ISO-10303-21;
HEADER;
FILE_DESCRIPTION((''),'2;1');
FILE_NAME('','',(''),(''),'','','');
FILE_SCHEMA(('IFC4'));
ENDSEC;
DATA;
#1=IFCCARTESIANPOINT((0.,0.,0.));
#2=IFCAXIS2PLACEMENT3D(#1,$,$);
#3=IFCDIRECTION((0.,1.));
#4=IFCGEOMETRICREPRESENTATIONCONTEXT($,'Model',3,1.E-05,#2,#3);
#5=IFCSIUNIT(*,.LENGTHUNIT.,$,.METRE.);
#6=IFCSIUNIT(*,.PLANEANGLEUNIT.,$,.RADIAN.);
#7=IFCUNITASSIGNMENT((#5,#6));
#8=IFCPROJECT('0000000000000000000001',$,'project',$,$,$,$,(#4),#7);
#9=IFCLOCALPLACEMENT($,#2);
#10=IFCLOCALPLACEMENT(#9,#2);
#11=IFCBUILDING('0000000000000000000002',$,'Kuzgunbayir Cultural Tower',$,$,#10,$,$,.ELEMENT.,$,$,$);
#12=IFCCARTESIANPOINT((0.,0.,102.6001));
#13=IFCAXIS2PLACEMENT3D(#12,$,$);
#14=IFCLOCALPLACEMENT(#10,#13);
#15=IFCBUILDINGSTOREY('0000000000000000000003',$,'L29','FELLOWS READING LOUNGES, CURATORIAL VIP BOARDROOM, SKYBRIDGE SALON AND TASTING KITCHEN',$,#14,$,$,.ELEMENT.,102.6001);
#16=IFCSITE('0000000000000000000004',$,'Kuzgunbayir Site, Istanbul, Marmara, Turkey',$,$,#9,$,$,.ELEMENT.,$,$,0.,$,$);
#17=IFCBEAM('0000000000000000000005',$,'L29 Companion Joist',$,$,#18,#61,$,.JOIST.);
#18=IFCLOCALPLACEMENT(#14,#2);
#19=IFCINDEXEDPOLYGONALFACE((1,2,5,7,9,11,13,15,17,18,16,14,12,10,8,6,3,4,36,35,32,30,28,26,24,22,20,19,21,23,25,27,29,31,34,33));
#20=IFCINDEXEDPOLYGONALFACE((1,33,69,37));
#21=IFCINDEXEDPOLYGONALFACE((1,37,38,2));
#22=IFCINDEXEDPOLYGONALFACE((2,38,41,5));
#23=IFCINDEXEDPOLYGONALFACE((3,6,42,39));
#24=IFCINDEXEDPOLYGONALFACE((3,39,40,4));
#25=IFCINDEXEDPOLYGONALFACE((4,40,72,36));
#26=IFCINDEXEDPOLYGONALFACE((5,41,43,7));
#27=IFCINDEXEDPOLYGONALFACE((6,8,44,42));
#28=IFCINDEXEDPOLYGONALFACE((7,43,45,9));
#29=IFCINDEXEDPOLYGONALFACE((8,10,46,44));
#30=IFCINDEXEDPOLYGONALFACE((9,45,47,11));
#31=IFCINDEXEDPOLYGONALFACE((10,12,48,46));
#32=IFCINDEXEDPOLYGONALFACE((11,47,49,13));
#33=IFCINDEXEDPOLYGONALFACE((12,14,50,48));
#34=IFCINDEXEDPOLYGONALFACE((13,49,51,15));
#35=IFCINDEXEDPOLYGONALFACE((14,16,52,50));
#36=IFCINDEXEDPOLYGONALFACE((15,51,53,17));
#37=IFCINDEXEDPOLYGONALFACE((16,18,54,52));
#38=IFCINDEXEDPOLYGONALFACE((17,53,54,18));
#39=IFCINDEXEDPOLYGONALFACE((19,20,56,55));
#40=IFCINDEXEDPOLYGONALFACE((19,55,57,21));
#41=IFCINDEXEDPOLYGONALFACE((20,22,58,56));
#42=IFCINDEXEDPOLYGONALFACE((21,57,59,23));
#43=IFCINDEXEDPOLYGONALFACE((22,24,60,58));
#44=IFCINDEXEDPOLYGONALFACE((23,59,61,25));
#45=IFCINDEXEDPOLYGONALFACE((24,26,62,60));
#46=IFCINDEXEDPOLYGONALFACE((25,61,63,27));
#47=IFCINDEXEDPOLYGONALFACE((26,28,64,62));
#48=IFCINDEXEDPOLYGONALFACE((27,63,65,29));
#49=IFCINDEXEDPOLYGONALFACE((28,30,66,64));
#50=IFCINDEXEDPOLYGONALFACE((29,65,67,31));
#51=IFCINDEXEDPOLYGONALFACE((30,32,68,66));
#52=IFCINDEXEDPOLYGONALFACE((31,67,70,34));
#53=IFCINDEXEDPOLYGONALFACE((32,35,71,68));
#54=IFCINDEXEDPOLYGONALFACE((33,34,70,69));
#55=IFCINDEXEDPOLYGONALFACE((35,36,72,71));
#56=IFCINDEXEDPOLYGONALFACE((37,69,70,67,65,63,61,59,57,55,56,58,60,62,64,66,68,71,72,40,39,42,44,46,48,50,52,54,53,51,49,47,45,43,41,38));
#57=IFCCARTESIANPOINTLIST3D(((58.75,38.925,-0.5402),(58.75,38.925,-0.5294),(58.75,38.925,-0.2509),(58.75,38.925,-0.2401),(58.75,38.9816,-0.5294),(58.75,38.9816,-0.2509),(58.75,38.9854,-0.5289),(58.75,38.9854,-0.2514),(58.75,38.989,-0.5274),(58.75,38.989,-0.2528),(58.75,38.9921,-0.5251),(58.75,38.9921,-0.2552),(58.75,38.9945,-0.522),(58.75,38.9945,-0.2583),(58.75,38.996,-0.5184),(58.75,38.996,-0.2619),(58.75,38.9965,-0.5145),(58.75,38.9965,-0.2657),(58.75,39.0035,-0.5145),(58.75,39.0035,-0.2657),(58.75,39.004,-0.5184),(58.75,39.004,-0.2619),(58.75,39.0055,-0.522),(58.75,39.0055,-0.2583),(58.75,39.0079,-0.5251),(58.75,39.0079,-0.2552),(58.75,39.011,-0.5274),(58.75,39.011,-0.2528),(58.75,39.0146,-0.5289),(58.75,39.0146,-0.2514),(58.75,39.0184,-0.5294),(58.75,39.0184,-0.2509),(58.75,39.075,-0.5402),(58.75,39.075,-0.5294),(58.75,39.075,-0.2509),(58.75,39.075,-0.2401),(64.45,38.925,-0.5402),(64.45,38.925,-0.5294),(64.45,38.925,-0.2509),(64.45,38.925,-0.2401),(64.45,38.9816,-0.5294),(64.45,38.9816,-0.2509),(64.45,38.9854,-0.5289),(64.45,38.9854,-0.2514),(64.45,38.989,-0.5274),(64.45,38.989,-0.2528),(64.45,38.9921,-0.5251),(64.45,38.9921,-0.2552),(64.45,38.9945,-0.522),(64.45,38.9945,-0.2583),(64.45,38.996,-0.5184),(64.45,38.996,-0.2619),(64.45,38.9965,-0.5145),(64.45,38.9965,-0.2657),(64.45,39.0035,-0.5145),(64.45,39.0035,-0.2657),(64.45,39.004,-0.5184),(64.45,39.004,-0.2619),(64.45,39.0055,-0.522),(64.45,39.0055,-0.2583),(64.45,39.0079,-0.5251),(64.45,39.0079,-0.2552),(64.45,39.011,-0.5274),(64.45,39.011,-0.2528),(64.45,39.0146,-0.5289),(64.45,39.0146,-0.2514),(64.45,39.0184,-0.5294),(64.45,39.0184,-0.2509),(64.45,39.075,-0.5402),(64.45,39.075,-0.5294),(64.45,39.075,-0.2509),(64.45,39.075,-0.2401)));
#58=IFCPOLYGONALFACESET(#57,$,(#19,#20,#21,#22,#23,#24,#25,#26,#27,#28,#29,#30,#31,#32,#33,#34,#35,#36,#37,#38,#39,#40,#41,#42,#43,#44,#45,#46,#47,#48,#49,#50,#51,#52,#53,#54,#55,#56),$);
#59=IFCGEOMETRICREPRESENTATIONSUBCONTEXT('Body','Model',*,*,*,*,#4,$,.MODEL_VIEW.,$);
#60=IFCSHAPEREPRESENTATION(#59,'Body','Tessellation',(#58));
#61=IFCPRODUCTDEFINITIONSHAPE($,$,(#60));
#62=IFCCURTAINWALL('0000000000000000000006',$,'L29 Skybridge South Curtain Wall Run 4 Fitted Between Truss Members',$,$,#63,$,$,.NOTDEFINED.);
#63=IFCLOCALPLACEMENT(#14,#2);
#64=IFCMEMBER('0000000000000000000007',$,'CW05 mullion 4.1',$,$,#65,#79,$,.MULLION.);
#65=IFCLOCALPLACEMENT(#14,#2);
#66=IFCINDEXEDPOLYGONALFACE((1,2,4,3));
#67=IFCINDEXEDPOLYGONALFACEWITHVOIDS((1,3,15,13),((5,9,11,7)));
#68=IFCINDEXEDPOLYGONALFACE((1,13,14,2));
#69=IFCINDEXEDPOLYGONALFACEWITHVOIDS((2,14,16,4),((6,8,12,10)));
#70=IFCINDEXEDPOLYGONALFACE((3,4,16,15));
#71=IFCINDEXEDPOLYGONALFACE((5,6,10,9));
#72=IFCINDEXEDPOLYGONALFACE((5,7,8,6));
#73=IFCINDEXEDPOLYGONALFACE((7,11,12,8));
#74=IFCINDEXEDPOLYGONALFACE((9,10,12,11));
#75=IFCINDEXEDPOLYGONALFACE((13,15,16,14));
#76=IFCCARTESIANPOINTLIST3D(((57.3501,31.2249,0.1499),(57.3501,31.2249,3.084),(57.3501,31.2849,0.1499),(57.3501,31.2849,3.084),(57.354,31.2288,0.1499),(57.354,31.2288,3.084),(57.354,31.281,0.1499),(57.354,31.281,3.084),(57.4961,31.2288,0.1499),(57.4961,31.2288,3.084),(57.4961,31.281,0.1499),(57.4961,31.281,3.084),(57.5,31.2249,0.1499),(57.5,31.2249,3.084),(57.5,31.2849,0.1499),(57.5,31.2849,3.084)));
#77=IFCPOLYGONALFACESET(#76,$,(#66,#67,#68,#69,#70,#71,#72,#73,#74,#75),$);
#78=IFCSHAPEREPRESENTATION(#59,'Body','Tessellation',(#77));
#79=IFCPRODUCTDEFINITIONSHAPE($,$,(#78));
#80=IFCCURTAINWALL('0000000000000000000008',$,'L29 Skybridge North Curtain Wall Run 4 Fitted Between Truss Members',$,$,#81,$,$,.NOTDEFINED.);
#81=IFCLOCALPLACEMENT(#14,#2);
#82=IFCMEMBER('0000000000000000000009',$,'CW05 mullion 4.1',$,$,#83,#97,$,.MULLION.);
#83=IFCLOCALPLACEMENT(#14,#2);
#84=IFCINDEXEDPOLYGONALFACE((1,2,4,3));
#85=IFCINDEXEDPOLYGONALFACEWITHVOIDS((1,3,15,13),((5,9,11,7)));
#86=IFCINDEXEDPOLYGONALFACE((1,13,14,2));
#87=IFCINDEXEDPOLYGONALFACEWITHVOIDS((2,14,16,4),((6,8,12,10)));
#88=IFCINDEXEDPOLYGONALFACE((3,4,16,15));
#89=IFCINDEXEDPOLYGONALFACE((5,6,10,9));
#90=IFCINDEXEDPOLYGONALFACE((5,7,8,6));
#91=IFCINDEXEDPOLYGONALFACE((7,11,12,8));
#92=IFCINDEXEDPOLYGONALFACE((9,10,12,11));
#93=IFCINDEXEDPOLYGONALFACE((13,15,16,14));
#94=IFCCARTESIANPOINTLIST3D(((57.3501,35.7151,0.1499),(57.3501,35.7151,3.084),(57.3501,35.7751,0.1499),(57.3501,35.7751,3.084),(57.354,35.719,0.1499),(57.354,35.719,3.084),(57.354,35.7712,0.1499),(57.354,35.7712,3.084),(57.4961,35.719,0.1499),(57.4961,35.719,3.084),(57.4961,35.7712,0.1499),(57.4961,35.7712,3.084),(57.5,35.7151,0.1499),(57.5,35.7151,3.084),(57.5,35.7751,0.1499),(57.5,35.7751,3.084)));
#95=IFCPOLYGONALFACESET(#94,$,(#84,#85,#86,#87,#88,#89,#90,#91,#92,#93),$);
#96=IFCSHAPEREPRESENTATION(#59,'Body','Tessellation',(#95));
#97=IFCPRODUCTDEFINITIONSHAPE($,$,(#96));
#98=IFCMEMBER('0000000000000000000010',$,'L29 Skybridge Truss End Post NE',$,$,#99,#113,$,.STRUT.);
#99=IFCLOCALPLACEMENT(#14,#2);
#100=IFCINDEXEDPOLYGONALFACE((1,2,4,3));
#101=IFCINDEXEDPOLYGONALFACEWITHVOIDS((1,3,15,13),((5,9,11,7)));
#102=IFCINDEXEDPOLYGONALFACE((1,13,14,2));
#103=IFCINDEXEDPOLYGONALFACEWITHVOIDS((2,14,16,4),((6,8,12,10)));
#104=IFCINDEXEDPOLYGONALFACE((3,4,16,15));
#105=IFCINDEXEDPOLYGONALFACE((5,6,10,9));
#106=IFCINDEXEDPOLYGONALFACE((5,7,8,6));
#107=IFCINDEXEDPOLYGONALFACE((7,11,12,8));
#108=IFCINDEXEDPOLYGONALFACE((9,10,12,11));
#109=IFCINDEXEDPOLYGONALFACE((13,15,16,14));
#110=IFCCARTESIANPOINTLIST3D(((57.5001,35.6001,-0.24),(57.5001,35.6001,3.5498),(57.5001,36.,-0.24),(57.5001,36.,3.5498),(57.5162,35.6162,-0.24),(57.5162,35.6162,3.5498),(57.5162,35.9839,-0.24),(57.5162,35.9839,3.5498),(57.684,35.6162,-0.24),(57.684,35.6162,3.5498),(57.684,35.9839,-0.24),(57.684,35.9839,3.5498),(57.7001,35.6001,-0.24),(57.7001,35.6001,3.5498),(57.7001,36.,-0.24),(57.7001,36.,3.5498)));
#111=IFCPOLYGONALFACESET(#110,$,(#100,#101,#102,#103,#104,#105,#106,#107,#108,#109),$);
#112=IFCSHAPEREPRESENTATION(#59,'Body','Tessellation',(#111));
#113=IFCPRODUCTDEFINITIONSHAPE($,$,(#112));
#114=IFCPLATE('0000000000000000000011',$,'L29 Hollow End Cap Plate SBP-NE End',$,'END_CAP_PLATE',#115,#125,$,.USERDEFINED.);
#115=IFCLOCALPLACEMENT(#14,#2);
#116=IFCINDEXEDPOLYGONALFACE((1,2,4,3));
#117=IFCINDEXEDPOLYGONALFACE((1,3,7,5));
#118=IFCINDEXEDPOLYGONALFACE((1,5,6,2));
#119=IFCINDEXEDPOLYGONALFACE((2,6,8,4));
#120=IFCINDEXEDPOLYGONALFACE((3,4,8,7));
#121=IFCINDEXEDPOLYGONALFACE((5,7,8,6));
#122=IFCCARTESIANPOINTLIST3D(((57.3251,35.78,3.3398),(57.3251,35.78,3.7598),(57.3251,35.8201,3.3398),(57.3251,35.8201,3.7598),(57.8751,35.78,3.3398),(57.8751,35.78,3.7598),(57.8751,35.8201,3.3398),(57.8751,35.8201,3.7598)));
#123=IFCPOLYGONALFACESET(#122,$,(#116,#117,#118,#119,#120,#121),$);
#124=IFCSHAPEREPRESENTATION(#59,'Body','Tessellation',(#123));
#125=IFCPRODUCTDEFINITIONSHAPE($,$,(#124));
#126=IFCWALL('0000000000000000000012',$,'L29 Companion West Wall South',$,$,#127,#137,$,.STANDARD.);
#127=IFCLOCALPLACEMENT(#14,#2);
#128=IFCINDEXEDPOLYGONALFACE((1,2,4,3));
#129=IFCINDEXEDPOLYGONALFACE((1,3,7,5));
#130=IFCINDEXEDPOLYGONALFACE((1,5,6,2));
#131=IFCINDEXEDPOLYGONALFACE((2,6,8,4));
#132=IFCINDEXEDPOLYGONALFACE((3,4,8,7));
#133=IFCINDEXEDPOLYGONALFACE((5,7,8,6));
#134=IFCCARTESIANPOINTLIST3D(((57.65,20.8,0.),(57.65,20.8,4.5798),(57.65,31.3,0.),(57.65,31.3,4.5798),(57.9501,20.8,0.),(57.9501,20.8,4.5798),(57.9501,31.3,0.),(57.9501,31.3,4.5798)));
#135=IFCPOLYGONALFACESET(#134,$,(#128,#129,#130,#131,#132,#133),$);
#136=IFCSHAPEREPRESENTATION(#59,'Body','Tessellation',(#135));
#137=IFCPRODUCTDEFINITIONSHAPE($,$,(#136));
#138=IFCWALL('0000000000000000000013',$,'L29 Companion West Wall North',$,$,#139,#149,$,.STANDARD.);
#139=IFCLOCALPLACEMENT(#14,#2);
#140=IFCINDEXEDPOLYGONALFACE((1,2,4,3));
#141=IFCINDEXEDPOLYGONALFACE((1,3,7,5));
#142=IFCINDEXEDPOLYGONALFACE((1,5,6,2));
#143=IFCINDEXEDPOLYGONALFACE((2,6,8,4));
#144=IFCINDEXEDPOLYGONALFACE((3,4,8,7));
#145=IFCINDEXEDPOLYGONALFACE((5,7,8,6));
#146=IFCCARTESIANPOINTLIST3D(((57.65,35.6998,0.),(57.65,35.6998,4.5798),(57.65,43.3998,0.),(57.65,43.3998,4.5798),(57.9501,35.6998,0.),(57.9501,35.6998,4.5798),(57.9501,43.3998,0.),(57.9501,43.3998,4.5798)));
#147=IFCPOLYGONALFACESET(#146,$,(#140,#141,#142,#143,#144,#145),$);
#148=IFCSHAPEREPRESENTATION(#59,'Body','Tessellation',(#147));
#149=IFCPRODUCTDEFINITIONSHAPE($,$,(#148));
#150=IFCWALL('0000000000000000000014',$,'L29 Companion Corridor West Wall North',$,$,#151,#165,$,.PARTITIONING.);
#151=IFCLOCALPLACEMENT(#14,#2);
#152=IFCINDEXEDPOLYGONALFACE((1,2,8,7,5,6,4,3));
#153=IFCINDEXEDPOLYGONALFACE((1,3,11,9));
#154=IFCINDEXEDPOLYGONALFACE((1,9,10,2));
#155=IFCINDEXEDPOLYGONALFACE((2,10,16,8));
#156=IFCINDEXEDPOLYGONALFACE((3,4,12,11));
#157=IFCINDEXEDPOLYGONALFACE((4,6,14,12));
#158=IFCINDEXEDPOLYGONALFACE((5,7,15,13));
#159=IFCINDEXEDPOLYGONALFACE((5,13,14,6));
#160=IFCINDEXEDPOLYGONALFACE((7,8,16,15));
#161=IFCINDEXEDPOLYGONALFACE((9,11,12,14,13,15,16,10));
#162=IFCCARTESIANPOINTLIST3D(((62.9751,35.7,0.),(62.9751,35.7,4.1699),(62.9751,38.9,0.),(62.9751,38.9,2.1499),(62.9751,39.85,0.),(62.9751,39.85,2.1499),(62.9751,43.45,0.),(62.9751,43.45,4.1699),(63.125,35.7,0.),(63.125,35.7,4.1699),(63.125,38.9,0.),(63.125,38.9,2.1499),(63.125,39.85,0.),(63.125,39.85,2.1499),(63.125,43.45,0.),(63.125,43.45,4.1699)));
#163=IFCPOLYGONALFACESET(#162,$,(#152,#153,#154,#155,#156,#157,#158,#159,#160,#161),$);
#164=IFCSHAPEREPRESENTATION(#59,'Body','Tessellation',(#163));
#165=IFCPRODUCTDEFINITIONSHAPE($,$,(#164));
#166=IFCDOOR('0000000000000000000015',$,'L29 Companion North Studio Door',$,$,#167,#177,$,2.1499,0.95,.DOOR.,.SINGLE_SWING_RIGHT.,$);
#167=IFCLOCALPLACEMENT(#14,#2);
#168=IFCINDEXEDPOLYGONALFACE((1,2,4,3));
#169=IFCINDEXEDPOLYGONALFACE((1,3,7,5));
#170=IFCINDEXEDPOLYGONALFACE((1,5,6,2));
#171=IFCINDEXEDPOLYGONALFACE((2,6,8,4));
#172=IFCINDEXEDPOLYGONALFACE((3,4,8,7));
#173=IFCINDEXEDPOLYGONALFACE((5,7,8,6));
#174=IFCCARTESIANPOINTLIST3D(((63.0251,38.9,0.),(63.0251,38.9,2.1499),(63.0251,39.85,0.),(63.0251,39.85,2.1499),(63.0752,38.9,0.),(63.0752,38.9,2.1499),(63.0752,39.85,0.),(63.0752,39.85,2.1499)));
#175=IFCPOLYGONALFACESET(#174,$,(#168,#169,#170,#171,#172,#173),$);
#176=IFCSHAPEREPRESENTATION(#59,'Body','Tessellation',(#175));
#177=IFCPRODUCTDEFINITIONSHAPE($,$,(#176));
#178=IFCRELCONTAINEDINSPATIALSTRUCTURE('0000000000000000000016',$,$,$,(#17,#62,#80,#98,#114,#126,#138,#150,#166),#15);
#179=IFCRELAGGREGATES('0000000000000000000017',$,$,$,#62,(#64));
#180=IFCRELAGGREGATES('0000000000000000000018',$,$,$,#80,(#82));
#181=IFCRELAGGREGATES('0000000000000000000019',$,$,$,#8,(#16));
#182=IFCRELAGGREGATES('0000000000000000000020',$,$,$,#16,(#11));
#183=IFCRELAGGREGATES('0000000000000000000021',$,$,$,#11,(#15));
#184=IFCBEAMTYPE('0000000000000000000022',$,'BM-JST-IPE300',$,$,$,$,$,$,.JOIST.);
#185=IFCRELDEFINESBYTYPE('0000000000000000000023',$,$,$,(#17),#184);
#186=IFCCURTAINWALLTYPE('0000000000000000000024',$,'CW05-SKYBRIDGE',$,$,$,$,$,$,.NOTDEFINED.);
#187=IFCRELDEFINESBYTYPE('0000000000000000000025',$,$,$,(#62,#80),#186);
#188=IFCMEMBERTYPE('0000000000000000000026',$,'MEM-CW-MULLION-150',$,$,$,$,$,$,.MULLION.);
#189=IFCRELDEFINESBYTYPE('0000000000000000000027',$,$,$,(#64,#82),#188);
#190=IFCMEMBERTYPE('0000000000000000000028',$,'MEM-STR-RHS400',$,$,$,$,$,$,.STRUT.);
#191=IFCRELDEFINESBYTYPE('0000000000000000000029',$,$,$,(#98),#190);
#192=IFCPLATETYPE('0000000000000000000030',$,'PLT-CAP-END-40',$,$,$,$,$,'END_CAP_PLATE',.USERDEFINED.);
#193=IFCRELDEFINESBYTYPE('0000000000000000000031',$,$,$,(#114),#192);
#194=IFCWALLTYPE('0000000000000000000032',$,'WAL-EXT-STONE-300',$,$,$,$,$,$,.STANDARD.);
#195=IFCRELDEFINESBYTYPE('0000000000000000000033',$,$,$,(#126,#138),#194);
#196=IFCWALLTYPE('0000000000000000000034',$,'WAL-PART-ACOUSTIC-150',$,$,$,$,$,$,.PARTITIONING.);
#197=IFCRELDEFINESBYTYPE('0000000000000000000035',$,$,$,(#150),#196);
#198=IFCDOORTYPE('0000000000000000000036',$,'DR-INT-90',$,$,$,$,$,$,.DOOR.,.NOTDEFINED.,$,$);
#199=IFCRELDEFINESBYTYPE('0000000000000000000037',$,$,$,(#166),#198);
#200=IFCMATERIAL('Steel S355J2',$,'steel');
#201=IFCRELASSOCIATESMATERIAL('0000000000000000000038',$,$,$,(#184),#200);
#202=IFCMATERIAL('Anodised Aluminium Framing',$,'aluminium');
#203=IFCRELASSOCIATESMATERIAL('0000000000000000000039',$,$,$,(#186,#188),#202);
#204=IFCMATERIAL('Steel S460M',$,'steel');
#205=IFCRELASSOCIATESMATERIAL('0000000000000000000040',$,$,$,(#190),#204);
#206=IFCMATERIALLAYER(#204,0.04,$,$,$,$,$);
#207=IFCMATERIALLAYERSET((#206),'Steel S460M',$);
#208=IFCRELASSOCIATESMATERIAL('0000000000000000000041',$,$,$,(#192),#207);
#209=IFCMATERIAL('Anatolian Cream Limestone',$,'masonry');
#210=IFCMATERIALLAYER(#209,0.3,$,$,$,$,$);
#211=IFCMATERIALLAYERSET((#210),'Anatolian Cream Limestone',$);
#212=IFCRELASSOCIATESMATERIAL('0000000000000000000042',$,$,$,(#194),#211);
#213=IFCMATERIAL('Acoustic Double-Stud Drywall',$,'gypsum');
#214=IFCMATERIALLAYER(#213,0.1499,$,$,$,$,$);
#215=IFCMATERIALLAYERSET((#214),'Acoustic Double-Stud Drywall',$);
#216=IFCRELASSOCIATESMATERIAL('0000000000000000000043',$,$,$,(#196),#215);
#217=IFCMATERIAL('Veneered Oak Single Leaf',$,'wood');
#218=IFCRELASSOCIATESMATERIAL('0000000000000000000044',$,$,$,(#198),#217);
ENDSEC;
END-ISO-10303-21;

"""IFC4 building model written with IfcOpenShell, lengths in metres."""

from ifc_helpers import new_model, si_unit, direction, frame, frame_2d, origin, origin_2d, place, context, subcontext, project, spatial, rectangle, hollow_rectangle, i_section, extrude, material, layer, layer_set, material_profile, profile_set, type_object, element, fill, aggregate, save


model = new_model("IFC4")

# Units and contexts
model_context = context("Model", 3, precision=1e-05, world=origin(), true_north=direction((0.0, 1.0)))
body_context = subcontext(model_context, "Body", "Model", "MODEL_VIEW")
ifc_project = project(units=[si_unit("LENGTHUNIT", "METRE"), si_unit("PLANEANGLEUNIT", "RADIAN")], contexts=[model_context])

# Site, building, storey
site_placement = place(None, origin())
site = spatial("IfcSite", under=ifc_project, at=site_placement, Name="Kuzgunbayir Site, Istanbul, Marmara, Turkey", CompositionType="ELEMENT", RefElevation=0.0)
building_placement = place(site_placement, origin())
building = spatial("IfcBuilding", under=site, at=building_placement, Name="Kuzgunbayir Cultural Tower", CompositionType="ELEMENT")
storey_placement = place(building_placement, frame((0.0, 0.0, 102.6001)))
storey = spatial("IfcBuildingStorey", under=building, at=storey_placement, Name="L29", Description="FELLOWS READING LOUNGES, CURATORIAL VIP BOARDROOM, SKYBRIDGE SALON AND TASTING KITCHEN", CompositionType="ELEMENT", Elevation=102.6001)

# Beam
ifc_material_1 = material(Name="Steel S355J2", Category="steel")
ifc_material_profile_1 = material_profile(ifc_material_1, i_section(OverallWidth=0.1499, OverallDepth=0.3, WebThickness=0.0071, FlangeThickness=0.0107, FilletRadius=0.0149, at=origin_2d()), Name="IPE 300")
ifc_profile_set_1 = profile_set([ifc_material_profile_1], Name="Steel S355J2")
beam_type_1 = type_object("IfcBeamType", Name="BM-JST-IPE300", PredefinedType="JOIST", material=ifc_profile_set_1)
beam_1_placement = place(storey_placement, frame((58.75, 39.0, -0.3901), z_axis=(1.0, 0.0, 0.0), x_axis=(0.0, 1.0, 0.0)))
element("IfcBeam", 1, at=beam_1_placement, inside=storey, type_object=beam_type_1, Name="L29 Companion Joist", PredefinedType="JOIST", context=body_context, shape_type="SweptSolid", body=[
    extrude(i_section(OverallWidth=0.1499, OverallDepth=0.3, WebThickness=0.0071, FlangeThickness=0.0107, FilletRadius=0.0149, at=origin_2d()), origin(), (0.0, 0.0, 1.0), 5.7),
])

# Curtain walls, members
ifc_material_2 = material(Name="Anodised Aluminium Framing", Category="aluminium")
curtain_wall_type = type_object("IfcCurtainWallType", Name="CW05-SKYBRIDGE", PredefinedType="NOTDEFINED", material=ifc_material_2)
curtain_wall_1_placement = place(storey_placement, origin())
curtain_wall_1 = element("IfcCurtainWall", 2, at=curtain_wall_1_placement, inside=storey, type_object=curtain_wall_type, Name="L29 Skybridge South Curtain Wall Run 4 Fitted Between Truss Members", PredefinedType="NOTDEFINED")
ifc_material_profile_2 = material_profile(ifc_material_2, hollow_rectangle(XDim=0.0601, YDim=0.1499, WallThickness=0.0039, at=origin_2d()), Name="RHS 150x60x4")
ifc_profile_set_2 = profile_set([ifc_material_profile_2], Name="Anodised Aluminium Framing")
member_type_1 = type_object("IfcMemberType", Name="MEM-CW-MULLION-150", PredefinedType="MULLION", material=ifc_profile_set_2)
member_1_placement = place(storey_placement, frame((57.425, 31.2549, 0.1499), z_axis=(0.0, 0.0, 1.0), x_axis=(0.0, 1.0, 0.0)))
member_1 = element("IfcMember", 3, at=member_1_placement, type_object=member_type_1, Name="CW05 mullion 4.1", PredefinedType="MULLION", context=body_context, shape_type="SweptSolid", body=[
    extrude(hollow_rectangle(XDim=0.0601, YDim=0.1499, WallThickness=0.0039, at=origin_2d()), origin(), (0.0, 0.0, 1.0), 2.9341),
])
aggregate(curtain_wall_1, [member_1])
curtain_wall_2_placement = place(storey_placement, origin())
curtain_wall_2 = element("IfcCurtainWall", 4, at=curtain_wall_2_placement, inside=storey, type_object=curtain_wall_type, Name="L29 Skybridge North Curtain Wall Run 4 Fitted Between Truss Members", PredefinedType="NOTDEFINED")
member_2_placement = place(storey_placement, frame((57.425, 35.7451, 0.1499), z_axis=(0.0, 0.0, 1.0), x_axis=(0.0, 1.0, 0.0)))
member_2 = element("IfcMember", 5, at=member_2_placement, type_object=member_type_1, Name="CW05 mullion 4.1", PredefinedType="MULLION", context=body_context, shape_type="SweptSolid", body=[
    extrude(hollow_rectangle(XDim=0.0601, YDim=0.1499, WallThickness=0.0039, at=origin_2d()), origin(), (0.0, 0.0, 1.0), 2.9341),
])
aggregate(curtain_wall_2, [member_2])

# Member
ifc_material_3 = material(Name="Steel S460M", Category="steel")
ifc_material_profile_3 = material_profile(ifc_material_3, hollow_rectangle(XDim=0.2, YDim=0.3999, WallThickness=0.0161, at=origin_2d()), Name="RHS 400x200x16")
ifc_profile_set_3 = profile_set([ifc_material_profile_3], Name="Steel S460M")
member_type_2 = type_object("IfcMemberType", Name="MEM-STR-RHS400", PredefinedType="STRUT", material=ifc_profile_set_3)
member_3_placement = place(storey_placement, frame((57.6001, 35.8, -0.24), z_axis=(0.0, 0.0, 1.0), x_axis=(1.0, 0.0, 0.0)))
element("IfcMember", 6, at=member_3_placement, inside=storey, type_object=member_type_2, Name="L29 Skybridge Truss End Post NE", PredefinedType="STRUT", context=body_context, shape_type="SweptSolid", body=[
    extrude(hollow_rectangle(XDim=0.2, YDim=0.3999, WallThickness=0.0161, at=origin_2d()), origin(), (0.0, 0.0, 1.0), 3.7898),
])

# Plate
ifc_layer_1 = layer(ifc_material_3, 0.04)
ifc_layer_set_1 = layer_set([ifc_layer_1], Name="Steel S460M")
plate_type = type_object("IfcPlateType", Name="PLT-CAP-END-40", ElementType="END_CAP_PLATE", PredefinedType="USERDEFINED", material=ifc_layer_set_1)
plate_placement = place(storey_placement, frame((57.6001, 35.8, 3.3398), z_axis=(0.0, 0.0, 1.0), x_axis=(1.0, 0.0, 0.0)))
element("IfcPlate", 7, at=plate_placement, inside=storey, type_object=plate_type, Name="L29 Hollow End Cap Plate SBP-NE End", ObjectType="END_CAP_PLATE", PredefinedType="USERDEFINED", context=body_context, shape_type="SweptSolid", body=[
    extrude(rectangle(XDim=0.55, YDim=0.04, at=origin_2d()), origin(), (0.0, 0.0, 1.0), 0.4199),
])

# Walls
ifc_material_4 = material(Name="Anatolian Cream Limestone", Category="masonry")
ifc_layer_2 = layer(ifc_material_4, 0.3)
ifc_layer_set_2 = layer_set([ifc_layer_2], Name="Anatolian Cream Limestone")
wall_type_1 = type_object("IfcWallType", Name="WAL-EXT-STONE-300", PredefinedType="STANDARD", material=ifc_layer_set_2)
wall_1_placement = place(storey_placement, frame((57.8, 31.3, 0.0), z_axis=(0.0, 0.0, 1.0), x_axis=(0.0, -1.0, 0.0)))
element("IfcWall", 8, at=wall_1_placement, inside=storey, type_object=wall_type_1, Name="L29 Companion West Wall South", PredefinedType="STANDARD", context=body_context, shape_type="SweptSolid", body=[
    extrude(rectangle(XDim=10.5, YDim=0.3, at=frame_2d((5.25, 0.0))), origin(), (0.0, 0.0, 1.0), 4.5798),
])
wall_2_placement = place(storey_placement, frame((57.8, 43.3999, 0.0), z_axis=(0.0, 0.0, 1.0), x_axis=(0.0, -1.0, 0.0)))
element("IfcWall", 9, at=wall_2_placement, inside=storey, type_object=wall_type_1, Name="L29 Companion West Wall North", PredefinedType="STANDARD", context=body_context, shape_type="SweptSolid", body=[
    extrude(rectangle(XDim=7.7, YDim=0.3, at=frame_2d((3.8501, 0.0))), origin(), (0.0, 0.0, 1.0), 4.5798),
])

# Wall, opening, door
ifc_material_5 = material(Name="Acoustic Double-Stud Drywall", Category="gypsum")
ifc_layer_3 = layer(ifc_material_5, 0.1499)
ifc_layer_set_3 = layer_set([ifc_layer_3], Name="Acoustic Double-Stud Drywall")
wall_type_2 = type_object("IfcWallType", Name="WAL-PART-ACOUSTIC-150", PredefinedType="PARTITIONING", material=ifc_layer_set_3)
wall_3_placement = place(storey_placement, frame((63.05, 35.7, 0.0), z_axis=(0.0, 0.0, 1.0), x_axis=(0.0, 1.0, 0.0)))
wall_3 = element("IfcWall", 10, at=wall_3_placement, inside=storey, type_object=wall_type_2, Name="L29 Companion Corridor West Wall North", PredefinedType="PARTITIONING", context=body_context, shape_type="SweptSolid", body=[
    extrude(rectangle(XDim=7.75, YDim=0.1499, at=frame_2d((3.875, 0.0))), origin(), (0.0, 0.0, 1.0), 4.1699),
])
opening_1_placement = place(wall_3_placement, frame((3.2, 0.0, 0.0)))
opening_1 = element("IfcOpeningElement", 11, at=opening_1_placement, cuts=wall_3, PredefinedType="OPENING", context=body_context, shape_type="SweptSolid", body=[
    extrude(rectangle(XDim=0.95, YDim=2.1499, at=frame_2d((0.4751, 1.075))), frame((0.0, 0.085, 0.0), z_axis=(0.0, -1.0, 0.0), x_axis=(1.0, 0.0, 0.0)), (0.0, 0.0, 1.0), 0.1699),
])
ifc_material_6 = material(Name="Veneered Oak Single Leaf", Category="wood")
door_type_1 = type_object("IfcDoorType", Name="DR-INT-90", OperationType="NOTDEFINED", PredefinedType="DOOR", material=ifc_material_6)
door_1_placement = place(opening_1_placement, origin())
door_1 = element("IfcDoor", 12, at=door_1_placement, inside=storey, type_object=door_type_1, Name="L29 Companion North Studio Door", OperationType="SINGLE_SWING_RIGHT", OverallHeight=2.1499, OverallWidth=0.95, PredefinedType="DOOR", context=body_context, shape_type="SweptSolid", body=[
    extrude(rectangle(XDim=0.95, YDim=2.1499, at=frame_2d((0.4751, 1.075))), frame((0.0, 0.0249, 0.0), z_axis=(0.0, -1.0, 0.0), x_axis=(1.0, 0.0, 0.0)), (0.0, 0.0, 1.0), 0.05),
])
fill(opening_1, door_1)

save(model, "model.ifc")
